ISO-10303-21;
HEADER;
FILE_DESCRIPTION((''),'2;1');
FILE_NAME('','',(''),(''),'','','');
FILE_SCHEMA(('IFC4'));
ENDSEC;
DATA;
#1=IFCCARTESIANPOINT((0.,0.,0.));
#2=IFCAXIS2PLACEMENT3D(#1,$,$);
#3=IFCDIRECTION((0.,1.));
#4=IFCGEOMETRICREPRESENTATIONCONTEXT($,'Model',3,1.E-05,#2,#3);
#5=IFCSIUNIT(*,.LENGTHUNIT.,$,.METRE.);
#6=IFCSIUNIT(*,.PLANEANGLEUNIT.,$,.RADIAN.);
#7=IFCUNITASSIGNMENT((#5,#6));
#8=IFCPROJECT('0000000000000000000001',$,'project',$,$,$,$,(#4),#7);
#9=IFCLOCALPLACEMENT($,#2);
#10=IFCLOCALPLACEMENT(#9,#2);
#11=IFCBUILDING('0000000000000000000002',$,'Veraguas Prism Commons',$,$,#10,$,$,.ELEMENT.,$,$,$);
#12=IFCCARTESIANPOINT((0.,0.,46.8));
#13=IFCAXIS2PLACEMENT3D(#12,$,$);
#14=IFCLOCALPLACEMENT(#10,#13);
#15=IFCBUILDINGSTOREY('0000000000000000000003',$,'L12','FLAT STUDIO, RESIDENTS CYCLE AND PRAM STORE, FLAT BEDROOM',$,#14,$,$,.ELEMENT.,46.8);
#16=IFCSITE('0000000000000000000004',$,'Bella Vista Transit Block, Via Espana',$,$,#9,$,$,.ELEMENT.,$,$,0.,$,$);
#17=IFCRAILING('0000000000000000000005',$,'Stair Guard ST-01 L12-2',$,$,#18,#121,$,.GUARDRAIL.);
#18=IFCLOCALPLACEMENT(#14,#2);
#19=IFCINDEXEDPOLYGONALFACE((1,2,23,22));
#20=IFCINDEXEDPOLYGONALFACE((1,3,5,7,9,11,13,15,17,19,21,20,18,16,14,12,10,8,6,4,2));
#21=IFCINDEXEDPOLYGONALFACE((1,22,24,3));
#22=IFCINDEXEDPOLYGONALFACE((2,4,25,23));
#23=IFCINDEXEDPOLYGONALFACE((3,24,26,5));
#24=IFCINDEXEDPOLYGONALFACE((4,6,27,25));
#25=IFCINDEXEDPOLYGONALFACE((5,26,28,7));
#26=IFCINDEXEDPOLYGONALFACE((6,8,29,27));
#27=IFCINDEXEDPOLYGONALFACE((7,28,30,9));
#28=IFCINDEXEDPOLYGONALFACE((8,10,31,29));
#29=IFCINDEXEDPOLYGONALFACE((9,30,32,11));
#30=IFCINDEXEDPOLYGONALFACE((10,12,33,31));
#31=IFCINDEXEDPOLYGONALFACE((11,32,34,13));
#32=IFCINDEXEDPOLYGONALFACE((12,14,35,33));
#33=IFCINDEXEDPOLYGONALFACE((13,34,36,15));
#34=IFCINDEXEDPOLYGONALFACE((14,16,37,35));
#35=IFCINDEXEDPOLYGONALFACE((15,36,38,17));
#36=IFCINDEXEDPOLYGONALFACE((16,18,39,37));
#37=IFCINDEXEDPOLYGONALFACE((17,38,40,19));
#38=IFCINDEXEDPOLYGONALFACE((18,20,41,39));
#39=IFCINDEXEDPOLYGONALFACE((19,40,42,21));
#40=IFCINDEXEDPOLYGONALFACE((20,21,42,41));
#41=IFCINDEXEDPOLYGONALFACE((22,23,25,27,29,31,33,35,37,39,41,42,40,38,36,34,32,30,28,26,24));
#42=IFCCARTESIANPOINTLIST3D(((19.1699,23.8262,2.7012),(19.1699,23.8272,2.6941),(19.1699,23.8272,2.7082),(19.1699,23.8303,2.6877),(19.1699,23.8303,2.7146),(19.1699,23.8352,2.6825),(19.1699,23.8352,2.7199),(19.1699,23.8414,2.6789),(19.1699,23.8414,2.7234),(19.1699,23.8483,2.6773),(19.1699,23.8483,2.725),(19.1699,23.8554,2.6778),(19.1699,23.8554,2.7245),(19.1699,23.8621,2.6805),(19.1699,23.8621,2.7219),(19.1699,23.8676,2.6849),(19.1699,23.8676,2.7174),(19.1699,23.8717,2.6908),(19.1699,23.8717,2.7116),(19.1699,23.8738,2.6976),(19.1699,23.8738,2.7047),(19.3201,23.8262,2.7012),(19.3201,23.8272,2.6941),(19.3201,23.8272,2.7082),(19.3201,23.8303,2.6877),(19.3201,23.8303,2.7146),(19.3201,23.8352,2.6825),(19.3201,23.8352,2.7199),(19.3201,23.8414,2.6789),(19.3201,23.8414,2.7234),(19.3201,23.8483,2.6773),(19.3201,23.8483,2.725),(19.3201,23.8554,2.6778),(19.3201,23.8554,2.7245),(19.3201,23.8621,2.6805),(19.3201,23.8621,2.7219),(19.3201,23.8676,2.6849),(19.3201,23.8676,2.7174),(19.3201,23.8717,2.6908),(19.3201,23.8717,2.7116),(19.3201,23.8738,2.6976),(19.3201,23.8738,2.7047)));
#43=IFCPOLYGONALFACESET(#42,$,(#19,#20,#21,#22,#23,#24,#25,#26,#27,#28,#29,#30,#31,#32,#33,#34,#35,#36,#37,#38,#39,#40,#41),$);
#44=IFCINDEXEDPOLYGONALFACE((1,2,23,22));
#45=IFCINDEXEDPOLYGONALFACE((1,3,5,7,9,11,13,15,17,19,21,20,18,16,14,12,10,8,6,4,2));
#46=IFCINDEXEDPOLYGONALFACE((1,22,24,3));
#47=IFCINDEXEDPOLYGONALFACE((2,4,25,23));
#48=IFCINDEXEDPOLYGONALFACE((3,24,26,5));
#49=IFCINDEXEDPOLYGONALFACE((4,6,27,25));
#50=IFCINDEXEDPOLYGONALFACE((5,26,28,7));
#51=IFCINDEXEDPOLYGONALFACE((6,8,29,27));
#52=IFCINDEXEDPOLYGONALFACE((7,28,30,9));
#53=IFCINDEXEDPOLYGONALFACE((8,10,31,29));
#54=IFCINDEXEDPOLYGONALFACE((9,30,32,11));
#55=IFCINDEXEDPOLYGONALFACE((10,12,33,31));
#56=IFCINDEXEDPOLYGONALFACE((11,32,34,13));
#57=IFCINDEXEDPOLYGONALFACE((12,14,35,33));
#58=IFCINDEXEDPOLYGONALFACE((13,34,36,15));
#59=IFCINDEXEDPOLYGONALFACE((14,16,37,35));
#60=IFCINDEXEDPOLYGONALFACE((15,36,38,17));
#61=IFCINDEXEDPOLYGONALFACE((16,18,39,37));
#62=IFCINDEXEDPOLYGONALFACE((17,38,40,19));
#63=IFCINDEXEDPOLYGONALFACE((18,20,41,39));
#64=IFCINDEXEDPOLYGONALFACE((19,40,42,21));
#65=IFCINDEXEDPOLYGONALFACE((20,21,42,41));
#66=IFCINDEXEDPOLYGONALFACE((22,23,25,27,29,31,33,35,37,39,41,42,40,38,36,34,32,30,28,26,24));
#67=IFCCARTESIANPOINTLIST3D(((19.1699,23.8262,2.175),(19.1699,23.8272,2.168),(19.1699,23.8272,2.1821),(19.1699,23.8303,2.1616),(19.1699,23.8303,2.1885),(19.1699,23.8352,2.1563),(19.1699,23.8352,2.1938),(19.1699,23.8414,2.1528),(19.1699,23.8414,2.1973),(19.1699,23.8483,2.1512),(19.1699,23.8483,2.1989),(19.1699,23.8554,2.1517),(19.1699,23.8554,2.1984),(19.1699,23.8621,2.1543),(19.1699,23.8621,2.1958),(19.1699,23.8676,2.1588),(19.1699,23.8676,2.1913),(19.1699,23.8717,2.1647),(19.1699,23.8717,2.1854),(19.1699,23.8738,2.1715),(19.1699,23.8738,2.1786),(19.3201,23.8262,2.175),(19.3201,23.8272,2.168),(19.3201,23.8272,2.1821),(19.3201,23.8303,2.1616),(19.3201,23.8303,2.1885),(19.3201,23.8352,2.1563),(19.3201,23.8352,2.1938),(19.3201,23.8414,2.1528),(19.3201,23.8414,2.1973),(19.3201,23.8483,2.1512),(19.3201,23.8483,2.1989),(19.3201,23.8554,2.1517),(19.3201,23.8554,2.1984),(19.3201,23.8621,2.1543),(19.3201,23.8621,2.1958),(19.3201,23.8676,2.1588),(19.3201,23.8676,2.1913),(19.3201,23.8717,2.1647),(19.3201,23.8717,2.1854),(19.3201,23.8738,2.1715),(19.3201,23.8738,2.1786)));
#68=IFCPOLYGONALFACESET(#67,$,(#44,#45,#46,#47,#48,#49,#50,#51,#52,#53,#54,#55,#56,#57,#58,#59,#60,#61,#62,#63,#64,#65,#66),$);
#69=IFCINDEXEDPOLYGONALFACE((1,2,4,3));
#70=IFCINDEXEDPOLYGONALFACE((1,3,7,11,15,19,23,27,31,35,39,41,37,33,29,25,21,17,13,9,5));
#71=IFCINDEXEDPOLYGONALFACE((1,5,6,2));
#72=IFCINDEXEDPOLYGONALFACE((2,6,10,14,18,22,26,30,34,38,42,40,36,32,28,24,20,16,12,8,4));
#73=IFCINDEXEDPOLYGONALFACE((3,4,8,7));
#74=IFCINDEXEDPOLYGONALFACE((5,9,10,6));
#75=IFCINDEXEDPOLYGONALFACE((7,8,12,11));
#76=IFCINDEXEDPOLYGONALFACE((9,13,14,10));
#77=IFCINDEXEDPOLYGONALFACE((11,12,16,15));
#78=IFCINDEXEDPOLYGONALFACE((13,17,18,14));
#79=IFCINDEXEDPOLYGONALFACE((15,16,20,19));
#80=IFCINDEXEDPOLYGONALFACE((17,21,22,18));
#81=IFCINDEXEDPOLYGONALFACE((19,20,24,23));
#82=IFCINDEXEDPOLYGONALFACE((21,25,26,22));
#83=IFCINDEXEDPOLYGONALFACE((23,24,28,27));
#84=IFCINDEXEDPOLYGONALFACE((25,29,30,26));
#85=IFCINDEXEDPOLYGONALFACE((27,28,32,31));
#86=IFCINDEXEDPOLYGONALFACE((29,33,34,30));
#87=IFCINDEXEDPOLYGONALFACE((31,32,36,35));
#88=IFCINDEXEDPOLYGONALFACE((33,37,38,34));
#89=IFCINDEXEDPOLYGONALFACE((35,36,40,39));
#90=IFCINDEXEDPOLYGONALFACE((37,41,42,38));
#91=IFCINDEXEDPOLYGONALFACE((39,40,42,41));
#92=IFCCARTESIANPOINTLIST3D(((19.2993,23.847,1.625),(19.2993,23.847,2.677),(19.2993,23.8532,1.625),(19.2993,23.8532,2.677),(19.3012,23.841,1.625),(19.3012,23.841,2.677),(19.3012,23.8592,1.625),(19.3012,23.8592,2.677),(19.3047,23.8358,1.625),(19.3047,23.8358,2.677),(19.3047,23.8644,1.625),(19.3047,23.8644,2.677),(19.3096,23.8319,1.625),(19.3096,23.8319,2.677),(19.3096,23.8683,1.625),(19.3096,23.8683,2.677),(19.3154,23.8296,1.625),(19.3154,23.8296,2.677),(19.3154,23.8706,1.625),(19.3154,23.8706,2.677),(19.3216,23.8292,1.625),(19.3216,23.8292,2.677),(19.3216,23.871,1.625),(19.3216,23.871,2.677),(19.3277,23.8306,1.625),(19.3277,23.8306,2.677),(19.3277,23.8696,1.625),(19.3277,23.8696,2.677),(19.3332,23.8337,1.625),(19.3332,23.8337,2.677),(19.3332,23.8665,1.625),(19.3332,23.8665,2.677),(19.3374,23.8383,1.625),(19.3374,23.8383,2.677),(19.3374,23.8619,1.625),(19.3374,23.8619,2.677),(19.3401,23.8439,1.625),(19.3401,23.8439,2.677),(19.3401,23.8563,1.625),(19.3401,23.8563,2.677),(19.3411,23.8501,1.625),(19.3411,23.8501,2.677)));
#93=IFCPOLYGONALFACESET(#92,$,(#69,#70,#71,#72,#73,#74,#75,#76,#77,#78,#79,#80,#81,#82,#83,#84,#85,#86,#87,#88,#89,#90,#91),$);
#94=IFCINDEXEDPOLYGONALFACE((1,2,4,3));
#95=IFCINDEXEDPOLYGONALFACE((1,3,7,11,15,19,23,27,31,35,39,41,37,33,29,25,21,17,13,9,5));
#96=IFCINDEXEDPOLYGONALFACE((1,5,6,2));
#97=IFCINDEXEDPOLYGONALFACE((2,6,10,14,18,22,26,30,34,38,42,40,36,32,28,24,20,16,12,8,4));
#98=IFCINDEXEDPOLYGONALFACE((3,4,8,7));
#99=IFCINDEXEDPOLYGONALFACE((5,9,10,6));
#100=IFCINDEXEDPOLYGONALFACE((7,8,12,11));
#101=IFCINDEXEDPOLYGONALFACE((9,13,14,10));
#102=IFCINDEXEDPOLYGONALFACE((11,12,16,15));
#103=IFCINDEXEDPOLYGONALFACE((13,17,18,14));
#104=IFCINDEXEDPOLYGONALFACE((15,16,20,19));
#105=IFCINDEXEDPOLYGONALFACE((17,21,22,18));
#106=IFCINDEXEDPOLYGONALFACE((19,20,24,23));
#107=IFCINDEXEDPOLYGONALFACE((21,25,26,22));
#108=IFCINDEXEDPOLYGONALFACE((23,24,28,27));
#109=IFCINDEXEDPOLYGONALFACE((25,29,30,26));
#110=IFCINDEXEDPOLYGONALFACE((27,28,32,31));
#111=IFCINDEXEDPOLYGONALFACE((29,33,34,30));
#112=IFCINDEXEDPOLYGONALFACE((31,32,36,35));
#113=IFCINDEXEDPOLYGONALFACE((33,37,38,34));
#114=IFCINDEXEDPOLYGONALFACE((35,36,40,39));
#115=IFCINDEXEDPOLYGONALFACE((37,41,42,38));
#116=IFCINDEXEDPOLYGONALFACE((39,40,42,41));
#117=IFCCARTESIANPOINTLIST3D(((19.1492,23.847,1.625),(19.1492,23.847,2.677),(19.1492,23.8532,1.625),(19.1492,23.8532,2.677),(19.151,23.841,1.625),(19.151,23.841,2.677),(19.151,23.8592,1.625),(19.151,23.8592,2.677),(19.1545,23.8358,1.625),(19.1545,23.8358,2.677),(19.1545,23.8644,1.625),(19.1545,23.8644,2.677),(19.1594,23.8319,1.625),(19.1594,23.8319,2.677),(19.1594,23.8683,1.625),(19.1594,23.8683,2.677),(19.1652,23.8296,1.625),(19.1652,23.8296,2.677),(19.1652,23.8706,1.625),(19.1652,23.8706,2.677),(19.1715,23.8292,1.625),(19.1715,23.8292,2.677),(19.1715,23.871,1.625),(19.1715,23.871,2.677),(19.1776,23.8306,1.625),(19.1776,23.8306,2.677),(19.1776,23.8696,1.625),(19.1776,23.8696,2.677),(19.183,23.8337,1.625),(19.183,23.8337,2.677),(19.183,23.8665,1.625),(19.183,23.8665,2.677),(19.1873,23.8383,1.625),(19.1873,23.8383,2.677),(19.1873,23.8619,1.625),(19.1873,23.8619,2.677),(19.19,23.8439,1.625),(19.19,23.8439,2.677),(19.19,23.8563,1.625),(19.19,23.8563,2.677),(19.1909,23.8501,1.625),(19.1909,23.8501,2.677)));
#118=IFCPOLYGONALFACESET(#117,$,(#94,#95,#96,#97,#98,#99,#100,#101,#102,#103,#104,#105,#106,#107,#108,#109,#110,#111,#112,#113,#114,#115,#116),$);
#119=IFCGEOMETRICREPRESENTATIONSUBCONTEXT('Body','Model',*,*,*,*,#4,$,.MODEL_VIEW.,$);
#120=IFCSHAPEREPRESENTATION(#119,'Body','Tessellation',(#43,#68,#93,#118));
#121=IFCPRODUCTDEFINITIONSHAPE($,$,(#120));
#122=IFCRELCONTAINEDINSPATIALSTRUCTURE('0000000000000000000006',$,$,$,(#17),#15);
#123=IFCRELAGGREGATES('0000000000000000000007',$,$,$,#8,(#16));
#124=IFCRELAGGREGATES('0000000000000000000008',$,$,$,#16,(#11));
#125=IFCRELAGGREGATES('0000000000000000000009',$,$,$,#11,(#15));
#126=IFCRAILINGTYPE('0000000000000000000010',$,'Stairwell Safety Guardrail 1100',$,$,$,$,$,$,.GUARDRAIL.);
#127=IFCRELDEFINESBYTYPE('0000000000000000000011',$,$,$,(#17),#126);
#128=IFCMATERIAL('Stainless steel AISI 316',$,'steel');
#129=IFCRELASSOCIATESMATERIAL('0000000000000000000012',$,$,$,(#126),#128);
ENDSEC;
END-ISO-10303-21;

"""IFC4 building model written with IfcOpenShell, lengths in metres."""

from ifc_helpers import new_model, si_unit, direction, frame, origin, origin_2d, place, context, subcontext, project, spatial, circle, extrude, material, type_object, element, save


model = new_model("IFC4")

# Units and contexts
model_context = context("Model", 3, precision=1e-05, world=origin(), true_north=direction((0.0, 1.0)))
body_context = subcontext(model_context, "Body", "Model", "MODEL_VIEW")
ifc_project = project(units=[si_unit("LENGTHUNIT", "METRE"), si_unit("PLANEANGLEUNIT", "RADIAN")], contexts=[model_context])

# Site, building, storey
site_placement = place(None, origin())
site = spatial("IfcSite", under=ifc_project, at=site_placement, Name="Bella Vista Transit Block, Via Espana", CompositionType="ELEMENT", RefElevation=0.0)
building_placement = place(site_placement, origin())
building = spatial("IfcBuilding", under=site, at=building_placement, Name="Veraguas Prism Commons", CompositionType="ELEMENT")
storey_placement = place(building_placement, frame((0.0, 0.0, 46.8)))
storey = spatial("IfcBuildingStorey", under=building, at=storey_placement, Name="L12", Description="FLAT STUDIO, RESIDENTS CYCLE AND PRAM STORE, FLAT BEDROOM", CompositionType="ELEMENT", Elevation=46.8)

# Railing
ifc_material_1 = material(Name="Stainless steel AISI 316", Category="steel")
railing_type_1 = type_object("IfcRailingType", Name="Stairwell Safety Guardrail 1100", PredefinedType="GUARDRAIL", material=ifc_material_1)
railing_1_placement = place(storey_placement, frame((19.3201, 23.8501, 1.625)))
element("IfcRailing", 1, at=railing_1_placement, inside=storey, type_object=railing_type_1, Name="Stair Guard ST-01 L12-2", PredefinedType="GUARDRAIL", context=body_context, shape_type="SweptSolid", body=[
    extrude(circle(Radius=0.0239, at=origin_2d()), frame((0.0, 0.0, 1.0762), z_axis=(-1.0, 0.0, 0.0), x_axis=(0.0, -1.0, 0.0)), (0.0, 0.0, 1.0), 0.1501),
    extrude(circle(Radius=0.0239, at=origin_2d()), frame((0.0, 0.0, 0.55), z_axis=(-1.0, 0.0, 0.0), x_axis=(0.0, -1.0, 0.0)), (0.0, 0.0, 1.0), 0.1501),
    extrude(circle(Radius=0.021, at=origin_2d()), origin(), (0.0, 0.0, 1.0), 1.052),
    extrude(circle(Radius=0.021, at=origin_2d()), frame((-0.1501, 0.0, 0.0)), (0.0, 0.0, 1.0), 1.052),
])

save(model, "model.ifc")
